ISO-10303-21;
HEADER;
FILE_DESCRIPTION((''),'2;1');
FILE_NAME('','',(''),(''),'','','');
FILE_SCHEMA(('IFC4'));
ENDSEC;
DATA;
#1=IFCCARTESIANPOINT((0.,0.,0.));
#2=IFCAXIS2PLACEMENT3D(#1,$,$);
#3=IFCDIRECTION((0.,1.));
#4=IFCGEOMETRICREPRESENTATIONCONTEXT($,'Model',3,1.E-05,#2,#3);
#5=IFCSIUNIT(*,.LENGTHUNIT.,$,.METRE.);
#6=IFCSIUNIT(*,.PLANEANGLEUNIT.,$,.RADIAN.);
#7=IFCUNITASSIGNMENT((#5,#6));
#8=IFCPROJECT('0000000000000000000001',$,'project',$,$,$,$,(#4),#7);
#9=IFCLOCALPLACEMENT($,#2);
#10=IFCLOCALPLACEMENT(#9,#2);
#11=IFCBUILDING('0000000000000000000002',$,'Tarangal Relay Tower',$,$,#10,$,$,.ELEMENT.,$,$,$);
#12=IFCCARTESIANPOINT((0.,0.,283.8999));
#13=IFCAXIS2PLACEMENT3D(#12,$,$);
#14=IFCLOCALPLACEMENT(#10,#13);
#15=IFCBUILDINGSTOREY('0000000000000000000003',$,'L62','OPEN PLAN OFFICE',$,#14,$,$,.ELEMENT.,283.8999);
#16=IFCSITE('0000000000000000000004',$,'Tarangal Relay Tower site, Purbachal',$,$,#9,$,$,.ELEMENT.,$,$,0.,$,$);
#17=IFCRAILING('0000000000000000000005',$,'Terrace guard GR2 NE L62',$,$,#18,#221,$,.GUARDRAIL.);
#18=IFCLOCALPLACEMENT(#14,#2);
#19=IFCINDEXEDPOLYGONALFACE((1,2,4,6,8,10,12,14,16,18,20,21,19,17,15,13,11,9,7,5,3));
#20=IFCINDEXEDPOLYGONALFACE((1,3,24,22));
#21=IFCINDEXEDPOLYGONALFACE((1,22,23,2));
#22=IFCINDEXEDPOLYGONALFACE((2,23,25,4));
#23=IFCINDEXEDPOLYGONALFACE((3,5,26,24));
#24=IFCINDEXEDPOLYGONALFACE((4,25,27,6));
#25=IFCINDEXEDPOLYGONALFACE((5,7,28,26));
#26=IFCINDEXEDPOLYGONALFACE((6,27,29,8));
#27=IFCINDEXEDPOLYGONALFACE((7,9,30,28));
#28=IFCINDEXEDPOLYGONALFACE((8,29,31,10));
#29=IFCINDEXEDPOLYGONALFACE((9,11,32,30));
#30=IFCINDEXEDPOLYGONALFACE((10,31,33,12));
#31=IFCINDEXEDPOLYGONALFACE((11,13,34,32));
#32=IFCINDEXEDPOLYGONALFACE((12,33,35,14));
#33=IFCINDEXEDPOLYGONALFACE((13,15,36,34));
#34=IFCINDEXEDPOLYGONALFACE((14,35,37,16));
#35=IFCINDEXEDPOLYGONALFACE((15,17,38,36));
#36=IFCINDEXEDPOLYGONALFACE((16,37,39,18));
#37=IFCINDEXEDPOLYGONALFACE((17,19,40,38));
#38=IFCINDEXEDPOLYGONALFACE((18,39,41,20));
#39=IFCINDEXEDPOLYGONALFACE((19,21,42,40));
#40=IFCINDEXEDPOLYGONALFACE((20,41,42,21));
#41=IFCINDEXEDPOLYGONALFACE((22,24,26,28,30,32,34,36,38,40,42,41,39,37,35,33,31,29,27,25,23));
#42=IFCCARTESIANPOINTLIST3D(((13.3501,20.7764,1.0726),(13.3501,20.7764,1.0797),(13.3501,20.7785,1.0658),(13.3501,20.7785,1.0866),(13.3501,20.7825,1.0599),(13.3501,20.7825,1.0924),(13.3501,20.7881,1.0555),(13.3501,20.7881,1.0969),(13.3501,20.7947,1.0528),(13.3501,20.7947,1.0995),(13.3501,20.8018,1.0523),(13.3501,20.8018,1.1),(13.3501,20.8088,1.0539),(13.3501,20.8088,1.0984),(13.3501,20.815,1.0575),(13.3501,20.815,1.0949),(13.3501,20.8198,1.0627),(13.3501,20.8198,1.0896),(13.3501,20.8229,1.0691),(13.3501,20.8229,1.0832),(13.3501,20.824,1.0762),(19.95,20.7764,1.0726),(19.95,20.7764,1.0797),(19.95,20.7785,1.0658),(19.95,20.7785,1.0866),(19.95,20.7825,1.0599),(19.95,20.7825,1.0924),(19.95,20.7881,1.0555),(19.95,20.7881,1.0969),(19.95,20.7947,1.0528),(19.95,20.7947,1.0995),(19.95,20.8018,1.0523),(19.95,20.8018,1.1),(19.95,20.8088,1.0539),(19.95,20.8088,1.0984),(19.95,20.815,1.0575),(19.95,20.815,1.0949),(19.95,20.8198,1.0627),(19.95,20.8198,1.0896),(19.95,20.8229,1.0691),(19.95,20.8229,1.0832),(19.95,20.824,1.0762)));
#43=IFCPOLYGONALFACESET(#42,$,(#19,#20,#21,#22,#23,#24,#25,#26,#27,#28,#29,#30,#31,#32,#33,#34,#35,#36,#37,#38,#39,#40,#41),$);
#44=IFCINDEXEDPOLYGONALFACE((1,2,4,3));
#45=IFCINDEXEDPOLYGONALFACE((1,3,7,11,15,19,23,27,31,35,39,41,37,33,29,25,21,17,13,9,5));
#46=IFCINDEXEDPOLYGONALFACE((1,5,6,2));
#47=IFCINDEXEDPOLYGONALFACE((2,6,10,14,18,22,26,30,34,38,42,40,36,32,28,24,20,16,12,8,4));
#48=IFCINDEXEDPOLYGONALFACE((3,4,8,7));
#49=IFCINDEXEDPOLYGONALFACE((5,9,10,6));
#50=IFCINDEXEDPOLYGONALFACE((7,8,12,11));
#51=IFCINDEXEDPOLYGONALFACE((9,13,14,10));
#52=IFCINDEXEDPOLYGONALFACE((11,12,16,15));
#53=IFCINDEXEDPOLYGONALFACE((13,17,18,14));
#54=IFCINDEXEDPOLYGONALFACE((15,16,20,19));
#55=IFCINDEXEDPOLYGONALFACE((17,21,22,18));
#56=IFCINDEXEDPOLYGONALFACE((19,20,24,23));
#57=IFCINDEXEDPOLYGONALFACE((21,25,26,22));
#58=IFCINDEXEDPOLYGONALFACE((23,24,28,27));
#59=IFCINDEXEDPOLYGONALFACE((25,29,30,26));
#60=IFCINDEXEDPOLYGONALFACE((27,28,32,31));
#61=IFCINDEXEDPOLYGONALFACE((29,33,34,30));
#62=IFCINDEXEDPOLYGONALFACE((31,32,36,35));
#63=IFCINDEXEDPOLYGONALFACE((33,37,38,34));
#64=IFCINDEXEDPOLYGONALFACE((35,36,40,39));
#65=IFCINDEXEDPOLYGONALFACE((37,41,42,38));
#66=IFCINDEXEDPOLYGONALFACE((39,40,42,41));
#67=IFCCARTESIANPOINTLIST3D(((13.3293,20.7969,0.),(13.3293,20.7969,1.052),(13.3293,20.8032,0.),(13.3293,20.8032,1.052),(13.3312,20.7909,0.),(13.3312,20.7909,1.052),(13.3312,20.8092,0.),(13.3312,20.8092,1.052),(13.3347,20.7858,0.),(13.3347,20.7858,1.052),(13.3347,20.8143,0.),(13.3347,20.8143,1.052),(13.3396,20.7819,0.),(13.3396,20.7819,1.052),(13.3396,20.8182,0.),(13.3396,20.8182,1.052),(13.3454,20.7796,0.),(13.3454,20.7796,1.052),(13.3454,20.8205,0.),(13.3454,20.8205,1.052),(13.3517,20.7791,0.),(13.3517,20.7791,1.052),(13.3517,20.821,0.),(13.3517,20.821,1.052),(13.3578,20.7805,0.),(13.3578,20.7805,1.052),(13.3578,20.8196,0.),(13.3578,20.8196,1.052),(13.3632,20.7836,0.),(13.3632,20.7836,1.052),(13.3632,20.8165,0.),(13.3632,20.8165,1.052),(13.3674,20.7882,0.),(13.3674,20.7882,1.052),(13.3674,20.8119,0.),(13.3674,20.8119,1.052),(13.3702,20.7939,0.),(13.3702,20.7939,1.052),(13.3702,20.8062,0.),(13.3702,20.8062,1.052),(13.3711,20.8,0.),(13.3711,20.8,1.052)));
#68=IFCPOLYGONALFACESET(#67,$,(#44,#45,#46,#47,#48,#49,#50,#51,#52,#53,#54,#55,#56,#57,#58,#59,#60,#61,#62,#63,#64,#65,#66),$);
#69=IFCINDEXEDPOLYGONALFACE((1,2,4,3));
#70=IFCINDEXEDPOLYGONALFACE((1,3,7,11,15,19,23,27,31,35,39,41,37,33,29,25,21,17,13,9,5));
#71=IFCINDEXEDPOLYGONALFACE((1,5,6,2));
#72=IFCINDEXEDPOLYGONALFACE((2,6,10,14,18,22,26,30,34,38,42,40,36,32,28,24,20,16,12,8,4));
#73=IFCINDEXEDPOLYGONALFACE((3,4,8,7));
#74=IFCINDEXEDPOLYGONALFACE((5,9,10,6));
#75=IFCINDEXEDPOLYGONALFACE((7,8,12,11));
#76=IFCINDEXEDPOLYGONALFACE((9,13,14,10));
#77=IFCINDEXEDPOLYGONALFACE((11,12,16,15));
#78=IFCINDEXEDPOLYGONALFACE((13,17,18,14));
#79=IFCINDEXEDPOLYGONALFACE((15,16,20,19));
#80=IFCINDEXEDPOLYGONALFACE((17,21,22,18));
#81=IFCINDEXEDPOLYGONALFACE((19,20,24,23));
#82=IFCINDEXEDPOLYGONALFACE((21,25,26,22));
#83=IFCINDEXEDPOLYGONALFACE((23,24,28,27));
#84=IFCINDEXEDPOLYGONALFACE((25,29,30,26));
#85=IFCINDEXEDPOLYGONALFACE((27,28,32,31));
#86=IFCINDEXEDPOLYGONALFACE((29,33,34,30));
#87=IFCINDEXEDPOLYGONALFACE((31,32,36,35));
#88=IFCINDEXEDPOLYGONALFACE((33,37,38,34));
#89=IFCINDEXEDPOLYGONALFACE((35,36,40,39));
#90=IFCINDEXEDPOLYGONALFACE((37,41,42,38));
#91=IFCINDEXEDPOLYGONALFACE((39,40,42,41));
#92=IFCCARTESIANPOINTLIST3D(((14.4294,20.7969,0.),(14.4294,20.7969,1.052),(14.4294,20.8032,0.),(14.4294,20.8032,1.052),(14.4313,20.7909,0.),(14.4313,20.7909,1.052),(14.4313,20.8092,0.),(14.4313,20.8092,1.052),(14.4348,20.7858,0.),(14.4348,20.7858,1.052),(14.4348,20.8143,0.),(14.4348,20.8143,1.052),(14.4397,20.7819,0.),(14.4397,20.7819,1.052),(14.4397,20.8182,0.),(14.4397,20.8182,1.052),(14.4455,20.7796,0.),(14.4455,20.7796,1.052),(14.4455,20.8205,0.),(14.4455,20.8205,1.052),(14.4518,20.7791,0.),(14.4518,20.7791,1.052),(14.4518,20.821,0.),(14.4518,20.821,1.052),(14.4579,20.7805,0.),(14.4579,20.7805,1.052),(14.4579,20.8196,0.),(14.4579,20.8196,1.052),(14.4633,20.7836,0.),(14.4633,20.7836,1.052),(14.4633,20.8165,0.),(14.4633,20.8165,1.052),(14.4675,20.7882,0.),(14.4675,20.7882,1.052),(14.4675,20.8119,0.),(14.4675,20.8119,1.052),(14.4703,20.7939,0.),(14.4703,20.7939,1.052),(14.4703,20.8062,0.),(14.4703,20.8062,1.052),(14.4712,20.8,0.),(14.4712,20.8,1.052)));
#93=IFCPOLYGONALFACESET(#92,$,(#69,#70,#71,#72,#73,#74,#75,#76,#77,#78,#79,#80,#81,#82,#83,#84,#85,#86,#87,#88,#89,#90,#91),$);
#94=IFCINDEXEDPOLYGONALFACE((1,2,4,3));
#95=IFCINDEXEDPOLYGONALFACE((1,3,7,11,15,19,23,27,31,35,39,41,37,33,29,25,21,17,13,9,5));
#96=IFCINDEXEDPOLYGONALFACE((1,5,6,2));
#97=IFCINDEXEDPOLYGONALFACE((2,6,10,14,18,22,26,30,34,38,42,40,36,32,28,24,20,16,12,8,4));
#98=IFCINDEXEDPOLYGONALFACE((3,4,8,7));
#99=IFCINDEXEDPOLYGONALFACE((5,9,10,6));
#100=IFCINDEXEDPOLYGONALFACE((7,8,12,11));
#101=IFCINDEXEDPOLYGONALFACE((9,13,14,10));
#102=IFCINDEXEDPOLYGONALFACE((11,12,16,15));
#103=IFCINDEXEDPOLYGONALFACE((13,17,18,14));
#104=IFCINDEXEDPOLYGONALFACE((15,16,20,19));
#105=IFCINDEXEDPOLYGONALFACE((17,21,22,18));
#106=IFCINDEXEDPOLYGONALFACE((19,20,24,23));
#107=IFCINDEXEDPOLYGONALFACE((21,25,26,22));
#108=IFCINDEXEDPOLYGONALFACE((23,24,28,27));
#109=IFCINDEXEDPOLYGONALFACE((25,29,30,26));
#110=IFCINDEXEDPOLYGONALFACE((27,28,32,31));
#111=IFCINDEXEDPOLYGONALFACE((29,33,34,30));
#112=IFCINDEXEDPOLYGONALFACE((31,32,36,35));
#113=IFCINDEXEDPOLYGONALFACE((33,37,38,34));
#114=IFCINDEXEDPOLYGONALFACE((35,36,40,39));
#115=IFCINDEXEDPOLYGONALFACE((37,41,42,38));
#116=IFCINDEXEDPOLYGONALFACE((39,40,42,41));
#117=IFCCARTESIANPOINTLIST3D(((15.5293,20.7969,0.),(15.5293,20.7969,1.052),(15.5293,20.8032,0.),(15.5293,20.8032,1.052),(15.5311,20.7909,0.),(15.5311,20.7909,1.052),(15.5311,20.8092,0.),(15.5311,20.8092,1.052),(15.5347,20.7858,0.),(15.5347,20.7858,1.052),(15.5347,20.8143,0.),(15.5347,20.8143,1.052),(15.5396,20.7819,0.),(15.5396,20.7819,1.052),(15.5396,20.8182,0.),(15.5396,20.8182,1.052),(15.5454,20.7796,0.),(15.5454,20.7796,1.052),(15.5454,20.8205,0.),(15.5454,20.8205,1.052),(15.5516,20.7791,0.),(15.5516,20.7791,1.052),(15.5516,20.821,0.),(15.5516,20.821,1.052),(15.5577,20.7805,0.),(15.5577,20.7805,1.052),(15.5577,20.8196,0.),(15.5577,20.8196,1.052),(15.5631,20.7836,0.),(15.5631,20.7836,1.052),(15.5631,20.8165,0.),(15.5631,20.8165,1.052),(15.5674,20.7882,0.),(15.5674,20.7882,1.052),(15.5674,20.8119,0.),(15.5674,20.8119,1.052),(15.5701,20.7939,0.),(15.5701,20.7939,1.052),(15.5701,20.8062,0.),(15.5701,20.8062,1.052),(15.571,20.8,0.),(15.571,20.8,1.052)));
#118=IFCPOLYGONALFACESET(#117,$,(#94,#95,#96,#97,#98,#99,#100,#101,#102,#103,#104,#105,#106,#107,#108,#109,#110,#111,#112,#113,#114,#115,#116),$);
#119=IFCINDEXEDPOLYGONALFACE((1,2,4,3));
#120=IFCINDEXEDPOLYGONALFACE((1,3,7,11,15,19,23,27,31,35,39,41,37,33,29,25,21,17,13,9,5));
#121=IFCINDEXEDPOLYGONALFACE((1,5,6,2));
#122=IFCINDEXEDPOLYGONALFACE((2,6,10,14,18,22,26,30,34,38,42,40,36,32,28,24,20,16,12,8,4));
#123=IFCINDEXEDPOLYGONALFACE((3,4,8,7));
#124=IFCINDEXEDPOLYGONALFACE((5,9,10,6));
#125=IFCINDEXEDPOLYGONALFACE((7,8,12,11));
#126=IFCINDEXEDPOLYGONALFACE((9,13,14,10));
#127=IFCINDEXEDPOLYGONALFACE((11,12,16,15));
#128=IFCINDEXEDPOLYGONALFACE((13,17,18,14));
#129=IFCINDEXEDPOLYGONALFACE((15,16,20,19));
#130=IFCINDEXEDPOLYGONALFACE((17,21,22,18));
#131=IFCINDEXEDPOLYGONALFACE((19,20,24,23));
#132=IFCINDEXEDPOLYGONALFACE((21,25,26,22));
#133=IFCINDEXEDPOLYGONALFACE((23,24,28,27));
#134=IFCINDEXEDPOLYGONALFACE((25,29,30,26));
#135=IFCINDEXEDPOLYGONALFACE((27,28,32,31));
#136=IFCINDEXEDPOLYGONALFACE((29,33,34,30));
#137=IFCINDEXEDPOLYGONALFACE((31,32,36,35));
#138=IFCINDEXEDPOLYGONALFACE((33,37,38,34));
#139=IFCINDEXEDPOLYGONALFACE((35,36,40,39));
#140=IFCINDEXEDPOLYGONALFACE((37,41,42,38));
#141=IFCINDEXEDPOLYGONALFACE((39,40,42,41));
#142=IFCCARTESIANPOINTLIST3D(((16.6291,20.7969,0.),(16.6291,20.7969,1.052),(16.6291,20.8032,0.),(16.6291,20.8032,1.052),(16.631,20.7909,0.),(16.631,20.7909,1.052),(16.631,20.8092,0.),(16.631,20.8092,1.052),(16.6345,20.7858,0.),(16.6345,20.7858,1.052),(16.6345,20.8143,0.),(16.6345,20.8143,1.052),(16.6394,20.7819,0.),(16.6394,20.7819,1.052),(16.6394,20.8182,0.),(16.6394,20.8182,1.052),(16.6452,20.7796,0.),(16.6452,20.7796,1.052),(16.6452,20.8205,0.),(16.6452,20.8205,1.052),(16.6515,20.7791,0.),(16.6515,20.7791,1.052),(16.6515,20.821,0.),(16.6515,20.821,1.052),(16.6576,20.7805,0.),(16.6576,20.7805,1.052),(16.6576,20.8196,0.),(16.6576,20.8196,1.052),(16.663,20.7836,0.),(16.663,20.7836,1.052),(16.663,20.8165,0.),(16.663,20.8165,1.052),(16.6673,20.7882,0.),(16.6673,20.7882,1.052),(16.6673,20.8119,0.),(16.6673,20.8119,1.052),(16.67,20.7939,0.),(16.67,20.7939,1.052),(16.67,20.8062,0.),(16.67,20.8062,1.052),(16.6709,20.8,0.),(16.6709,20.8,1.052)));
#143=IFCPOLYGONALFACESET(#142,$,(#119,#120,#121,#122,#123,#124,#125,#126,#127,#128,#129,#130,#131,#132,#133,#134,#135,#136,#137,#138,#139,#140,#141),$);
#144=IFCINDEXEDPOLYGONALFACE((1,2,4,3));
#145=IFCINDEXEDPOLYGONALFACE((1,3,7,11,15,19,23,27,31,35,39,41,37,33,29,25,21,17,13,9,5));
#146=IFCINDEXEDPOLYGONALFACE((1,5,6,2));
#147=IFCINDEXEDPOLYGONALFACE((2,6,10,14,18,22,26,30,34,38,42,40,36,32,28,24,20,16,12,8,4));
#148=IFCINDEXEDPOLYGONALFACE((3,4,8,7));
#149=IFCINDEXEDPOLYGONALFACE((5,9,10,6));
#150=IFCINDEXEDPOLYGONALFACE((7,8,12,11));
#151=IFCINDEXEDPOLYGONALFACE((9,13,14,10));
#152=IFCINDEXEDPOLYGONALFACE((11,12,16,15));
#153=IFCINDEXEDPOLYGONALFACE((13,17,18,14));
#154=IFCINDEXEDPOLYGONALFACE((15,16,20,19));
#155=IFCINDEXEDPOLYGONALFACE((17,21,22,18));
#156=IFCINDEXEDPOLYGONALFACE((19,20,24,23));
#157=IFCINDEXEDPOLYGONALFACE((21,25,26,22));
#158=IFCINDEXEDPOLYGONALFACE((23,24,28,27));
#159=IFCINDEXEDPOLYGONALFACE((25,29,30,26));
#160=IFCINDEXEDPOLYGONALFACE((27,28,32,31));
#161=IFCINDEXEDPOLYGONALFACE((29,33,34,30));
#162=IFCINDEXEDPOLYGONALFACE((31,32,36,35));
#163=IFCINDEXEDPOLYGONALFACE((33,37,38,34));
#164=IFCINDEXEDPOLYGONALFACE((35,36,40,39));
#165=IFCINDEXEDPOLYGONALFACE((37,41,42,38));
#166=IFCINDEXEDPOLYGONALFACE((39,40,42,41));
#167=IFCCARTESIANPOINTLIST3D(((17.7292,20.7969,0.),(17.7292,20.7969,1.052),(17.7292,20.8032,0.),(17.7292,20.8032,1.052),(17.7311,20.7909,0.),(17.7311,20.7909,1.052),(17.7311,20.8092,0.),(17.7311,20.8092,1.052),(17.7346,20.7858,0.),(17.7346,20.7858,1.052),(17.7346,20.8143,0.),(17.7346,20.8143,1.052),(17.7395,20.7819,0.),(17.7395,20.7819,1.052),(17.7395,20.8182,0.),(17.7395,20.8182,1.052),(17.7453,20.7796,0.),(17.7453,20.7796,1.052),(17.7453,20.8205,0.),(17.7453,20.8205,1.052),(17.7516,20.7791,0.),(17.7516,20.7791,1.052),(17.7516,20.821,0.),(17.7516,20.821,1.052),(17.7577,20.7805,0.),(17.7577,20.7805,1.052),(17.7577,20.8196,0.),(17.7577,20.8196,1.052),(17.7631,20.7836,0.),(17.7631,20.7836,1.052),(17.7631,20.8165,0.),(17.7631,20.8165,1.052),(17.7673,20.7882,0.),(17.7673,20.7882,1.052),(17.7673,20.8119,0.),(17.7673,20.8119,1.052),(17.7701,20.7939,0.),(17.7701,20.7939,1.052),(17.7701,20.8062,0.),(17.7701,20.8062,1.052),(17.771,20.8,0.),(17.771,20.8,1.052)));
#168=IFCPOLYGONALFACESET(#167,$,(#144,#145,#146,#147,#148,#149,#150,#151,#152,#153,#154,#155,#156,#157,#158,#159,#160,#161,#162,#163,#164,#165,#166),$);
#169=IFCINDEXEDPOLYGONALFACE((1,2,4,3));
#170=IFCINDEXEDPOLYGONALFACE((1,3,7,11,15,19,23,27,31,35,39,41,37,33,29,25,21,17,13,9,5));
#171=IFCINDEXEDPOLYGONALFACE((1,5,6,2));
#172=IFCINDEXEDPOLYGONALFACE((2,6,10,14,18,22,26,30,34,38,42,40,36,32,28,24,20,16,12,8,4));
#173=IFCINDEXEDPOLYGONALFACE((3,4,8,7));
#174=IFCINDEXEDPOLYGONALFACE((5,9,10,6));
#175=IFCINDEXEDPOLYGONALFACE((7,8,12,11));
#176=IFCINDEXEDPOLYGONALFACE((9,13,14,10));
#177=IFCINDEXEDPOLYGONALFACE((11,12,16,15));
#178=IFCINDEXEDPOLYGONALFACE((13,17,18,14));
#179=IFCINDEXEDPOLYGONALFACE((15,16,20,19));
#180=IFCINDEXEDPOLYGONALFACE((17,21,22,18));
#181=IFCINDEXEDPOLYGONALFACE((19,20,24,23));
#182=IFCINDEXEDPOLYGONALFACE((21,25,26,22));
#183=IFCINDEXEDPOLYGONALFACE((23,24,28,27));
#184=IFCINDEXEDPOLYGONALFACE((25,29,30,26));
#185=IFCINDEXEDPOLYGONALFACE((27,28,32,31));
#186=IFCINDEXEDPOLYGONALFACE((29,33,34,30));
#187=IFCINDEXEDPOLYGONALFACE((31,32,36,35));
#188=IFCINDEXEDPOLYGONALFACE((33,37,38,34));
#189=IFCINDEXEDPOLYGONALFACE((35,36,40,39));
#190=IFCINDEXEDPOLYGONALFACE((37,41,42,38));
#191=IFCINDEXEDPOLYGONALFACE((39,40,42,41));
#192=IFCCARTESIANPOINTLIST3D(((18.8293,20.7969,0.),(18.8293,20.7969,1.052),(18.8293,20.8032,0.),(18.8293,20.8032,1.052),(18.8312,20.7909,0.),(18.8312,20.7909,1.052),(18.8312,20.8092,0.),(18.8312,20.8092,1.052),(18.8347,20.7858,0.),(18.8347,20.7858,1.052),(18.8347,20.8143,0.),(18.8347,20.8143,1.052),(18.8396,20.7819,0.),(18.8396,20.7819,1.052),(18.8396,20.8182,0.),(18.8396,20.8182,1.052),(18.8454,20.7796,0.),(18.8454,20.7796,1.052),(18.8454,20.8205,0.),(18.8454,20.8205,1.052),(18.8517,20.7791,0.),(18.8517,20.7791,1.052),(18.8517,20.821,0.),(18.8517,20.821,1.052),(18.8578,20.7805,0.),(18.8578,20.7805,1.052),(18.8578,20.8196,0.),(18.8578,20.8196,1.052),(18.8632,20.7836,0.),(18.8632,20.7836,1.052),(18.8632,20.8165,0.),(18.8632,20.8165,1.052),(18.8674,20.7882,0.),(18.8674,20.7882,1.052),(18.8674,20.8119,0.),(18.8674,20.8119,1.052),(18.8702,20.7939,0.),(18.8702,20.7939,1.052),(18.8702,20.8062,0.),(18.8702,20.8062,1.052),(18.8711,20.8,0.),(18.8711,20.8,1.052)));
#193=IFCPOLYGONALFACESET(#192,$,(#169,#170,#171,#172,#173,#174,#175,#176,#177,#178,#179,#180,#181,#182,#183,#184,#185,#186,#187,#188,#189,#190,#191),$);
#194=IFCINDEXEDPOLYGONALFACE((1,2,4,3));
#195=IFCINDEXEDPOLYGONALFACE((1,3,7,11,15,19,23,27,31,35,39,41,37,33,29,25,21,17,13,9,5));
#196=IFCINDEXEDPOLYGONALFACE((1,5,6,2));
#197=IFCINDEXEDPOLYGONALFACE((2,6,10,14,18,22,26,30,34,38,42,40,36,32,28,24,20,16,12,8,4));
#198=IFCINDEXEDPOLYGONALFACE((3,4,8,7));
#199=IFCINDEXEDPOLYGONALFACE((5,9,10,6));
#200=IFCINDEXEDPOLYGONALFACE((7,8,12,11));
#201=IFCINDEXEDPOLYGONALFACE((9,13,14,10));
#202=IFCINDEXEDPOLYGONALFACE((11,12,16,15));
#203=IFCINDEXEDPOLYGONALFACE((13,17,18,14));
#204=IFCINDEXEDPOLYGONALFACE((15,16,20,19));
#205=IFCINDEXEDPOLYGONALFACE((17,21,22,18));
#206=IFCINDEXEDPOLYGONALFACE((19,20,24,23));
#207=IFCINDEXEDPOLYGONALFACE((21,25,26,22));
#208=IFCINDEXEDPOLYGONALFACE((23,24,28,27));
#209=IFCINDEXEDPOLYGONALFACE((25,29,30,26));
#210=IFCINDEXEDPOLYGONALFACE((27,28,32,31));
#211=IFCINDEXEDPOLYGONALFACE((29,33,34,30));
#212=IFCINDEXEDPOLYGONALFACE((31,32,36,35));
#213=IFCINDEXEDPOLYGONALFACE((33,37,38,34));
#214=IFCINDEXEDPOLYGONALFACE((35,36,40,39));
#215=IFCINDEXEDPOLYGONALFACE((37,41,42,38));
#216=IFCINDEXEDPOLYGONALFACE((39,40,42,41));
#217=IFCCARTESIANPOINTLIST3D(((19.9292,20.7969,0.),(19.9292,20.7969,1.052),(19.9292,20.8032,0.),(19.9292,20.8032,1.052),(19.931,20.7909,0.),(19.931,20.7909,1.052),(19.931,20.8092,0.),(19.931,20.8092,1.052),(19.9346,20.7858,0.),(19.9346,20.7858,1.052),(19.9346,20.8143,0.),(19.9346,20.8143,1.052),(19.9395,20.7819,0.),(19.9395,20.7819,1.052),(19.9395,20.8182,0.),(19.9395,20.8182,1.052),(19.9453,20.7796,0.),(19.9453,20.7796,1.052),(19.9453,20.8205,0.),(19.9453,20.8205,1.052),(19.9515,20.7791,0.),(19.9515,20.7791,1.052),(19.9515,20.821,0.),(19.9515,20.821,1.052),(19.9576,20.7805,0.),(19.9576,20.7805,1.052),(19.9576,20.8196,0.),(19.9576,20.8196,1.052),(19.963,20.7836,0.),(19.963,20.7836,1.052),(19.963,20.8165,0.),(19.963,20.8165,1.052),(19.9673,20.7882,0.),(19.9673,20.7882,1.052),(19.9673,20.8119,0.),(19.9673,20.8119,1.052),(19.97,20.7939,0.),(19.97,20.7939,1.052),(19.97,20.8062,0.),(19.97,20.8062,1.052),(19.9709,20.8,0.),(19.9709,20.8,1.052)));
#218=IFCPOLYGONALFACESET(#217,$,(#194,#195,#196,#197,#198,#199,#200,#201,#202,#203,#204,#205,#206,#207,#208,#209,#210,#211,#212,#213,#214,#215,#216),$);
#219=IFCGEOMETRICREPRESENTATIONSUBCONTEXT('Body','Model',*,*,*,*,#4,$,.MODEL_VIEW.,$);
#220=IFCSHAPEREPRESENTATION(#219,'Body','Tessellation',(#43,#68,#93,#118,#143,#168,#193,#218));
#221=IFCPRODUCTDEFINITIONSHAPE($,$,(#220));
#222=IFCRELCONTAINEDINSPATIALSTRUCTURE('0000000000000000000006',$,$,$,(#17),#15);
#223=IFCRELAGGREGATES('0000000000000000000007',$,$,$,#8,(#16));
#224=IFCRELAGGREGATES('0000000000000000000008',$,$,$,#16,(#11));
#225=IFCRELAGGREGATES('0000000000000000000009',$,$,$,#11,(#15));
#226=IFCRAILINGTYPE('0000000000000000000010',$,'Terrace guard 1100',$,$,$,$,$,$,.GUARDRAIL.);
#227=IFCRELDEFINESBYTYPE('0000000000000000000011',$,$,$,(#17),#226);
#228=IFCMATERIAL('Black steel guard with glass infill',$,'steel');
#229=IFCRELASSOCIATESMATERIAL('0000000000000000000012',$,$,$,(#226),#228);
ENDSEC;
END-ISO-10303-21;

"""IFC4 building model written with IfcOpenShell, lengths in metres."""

from ifc_helpers import new_model, si_unit, direction, frame, origin, origin_2d, place, context, subcontext, project, spatial, circle, extrude, material, type_object, element, save


model = new_model("IFC4")

# Units and contexts
model_context = context("Model", 3, precision=1e-05, world=origin(), true_north=direction((0.0, 1.0)))
body_context = subcontext(model_context, "Body", "Model", "MODEL_VIEW")
ifc_project = project(units=[si_unit("LENGTHUNIT", "METRE"), si_unit("PLANEANGLEUNIT", "RADIAN")], contexts=[model_context])

# Site, building, storey
site_placement = place(None, origin())
site = spatial("IfcSite", under=ifc_project, at=site_placement, Name="Tarangal Relay Tower site, Purbachal", CompositionType="ELEMENT", RefElevation=0.0)
building_placement = place(site_placement, origin())
building = spatial("IfcBuilding", under=site, at=building_placement, Name="Tarangal Relay Tower", CompositionType="ELEMENT")
storey_placement = place(building_placement, frame((0.0, 0.0, 283.8999)))
storey = spatial("IfcBuildingStorey", under=building, at=storey_placement, Name="L62", Description="OPEN PLAN OFFICE", CompositionType="ELEMENT", Elevation=283.8999)

# Railing
ifc_material_1 = material(Name="Black steel guard with glass infill", Category="steel")
railing_type = type_object("IfcRailingType", Name="Terrace guard 1100", PredefinedType="GUARDRAIL", material=ifc_material_1)
railing_1_placement = place(storey_placement, frame((13.3501, 20.8, 0.0)))
element("IfcRailing", 1, at=railing_1_placement, inside=storey, type_object=railing_type, Name="Terrace guard GR2 NE L62", PredefinedType="GUARDRAIL", context=body_context, shape_type="SweptSolid", body=[
    extrude(circle(Radius=0.0239, at=origin_2d()), frame((0.0, 0.0, 1.0762), z_axis=(1.0, 0.0, 0.0), x_axis=(0.0, 1.0, 0.0)), (0.0, 0.0, 1.0), 6.5999),
    extrude(circle(Radius=0.021, at=origin_2d()), origin(), (0.0, 0.0, 1.0), 1.052),
    extrude(circle(Radius=0.021, at=origin_2d()), frame((1.1001, 0.0, 0.0)), (0.0, 0.0, 1.0), 1.052),
    extrude(circle(Radius=0.021, at=origin_2d()), frame((2.2, 0.0, 0.0)), (0.0, 0.0, 1.0), 1.052),
    extrude(circle(Radius=0.021, at=origin_2d()), frame((3.2998, 0.0, 0.0)), (0.0, 0.0, 1.0), 1.052),
    extrude(circle(Radius=0.021, at=origin_2d()), frame((4.3999, 0.0, 0.0)), (0.0, 0.0, 1.0), 1.052),
    extrude(circle(Radius=0.021, at=origin_2d()), frame((5.5, 0.0, 0.0)), (0.0, 0.0, 1.0), 1.052),
    extrude(circle(Radius=0.021, at=origin_2d()), frame((6.5999, 0.0, 0.0)), (0.0, 0.0, 1.0), 1.052),
])

save(model, "model.ifc")
